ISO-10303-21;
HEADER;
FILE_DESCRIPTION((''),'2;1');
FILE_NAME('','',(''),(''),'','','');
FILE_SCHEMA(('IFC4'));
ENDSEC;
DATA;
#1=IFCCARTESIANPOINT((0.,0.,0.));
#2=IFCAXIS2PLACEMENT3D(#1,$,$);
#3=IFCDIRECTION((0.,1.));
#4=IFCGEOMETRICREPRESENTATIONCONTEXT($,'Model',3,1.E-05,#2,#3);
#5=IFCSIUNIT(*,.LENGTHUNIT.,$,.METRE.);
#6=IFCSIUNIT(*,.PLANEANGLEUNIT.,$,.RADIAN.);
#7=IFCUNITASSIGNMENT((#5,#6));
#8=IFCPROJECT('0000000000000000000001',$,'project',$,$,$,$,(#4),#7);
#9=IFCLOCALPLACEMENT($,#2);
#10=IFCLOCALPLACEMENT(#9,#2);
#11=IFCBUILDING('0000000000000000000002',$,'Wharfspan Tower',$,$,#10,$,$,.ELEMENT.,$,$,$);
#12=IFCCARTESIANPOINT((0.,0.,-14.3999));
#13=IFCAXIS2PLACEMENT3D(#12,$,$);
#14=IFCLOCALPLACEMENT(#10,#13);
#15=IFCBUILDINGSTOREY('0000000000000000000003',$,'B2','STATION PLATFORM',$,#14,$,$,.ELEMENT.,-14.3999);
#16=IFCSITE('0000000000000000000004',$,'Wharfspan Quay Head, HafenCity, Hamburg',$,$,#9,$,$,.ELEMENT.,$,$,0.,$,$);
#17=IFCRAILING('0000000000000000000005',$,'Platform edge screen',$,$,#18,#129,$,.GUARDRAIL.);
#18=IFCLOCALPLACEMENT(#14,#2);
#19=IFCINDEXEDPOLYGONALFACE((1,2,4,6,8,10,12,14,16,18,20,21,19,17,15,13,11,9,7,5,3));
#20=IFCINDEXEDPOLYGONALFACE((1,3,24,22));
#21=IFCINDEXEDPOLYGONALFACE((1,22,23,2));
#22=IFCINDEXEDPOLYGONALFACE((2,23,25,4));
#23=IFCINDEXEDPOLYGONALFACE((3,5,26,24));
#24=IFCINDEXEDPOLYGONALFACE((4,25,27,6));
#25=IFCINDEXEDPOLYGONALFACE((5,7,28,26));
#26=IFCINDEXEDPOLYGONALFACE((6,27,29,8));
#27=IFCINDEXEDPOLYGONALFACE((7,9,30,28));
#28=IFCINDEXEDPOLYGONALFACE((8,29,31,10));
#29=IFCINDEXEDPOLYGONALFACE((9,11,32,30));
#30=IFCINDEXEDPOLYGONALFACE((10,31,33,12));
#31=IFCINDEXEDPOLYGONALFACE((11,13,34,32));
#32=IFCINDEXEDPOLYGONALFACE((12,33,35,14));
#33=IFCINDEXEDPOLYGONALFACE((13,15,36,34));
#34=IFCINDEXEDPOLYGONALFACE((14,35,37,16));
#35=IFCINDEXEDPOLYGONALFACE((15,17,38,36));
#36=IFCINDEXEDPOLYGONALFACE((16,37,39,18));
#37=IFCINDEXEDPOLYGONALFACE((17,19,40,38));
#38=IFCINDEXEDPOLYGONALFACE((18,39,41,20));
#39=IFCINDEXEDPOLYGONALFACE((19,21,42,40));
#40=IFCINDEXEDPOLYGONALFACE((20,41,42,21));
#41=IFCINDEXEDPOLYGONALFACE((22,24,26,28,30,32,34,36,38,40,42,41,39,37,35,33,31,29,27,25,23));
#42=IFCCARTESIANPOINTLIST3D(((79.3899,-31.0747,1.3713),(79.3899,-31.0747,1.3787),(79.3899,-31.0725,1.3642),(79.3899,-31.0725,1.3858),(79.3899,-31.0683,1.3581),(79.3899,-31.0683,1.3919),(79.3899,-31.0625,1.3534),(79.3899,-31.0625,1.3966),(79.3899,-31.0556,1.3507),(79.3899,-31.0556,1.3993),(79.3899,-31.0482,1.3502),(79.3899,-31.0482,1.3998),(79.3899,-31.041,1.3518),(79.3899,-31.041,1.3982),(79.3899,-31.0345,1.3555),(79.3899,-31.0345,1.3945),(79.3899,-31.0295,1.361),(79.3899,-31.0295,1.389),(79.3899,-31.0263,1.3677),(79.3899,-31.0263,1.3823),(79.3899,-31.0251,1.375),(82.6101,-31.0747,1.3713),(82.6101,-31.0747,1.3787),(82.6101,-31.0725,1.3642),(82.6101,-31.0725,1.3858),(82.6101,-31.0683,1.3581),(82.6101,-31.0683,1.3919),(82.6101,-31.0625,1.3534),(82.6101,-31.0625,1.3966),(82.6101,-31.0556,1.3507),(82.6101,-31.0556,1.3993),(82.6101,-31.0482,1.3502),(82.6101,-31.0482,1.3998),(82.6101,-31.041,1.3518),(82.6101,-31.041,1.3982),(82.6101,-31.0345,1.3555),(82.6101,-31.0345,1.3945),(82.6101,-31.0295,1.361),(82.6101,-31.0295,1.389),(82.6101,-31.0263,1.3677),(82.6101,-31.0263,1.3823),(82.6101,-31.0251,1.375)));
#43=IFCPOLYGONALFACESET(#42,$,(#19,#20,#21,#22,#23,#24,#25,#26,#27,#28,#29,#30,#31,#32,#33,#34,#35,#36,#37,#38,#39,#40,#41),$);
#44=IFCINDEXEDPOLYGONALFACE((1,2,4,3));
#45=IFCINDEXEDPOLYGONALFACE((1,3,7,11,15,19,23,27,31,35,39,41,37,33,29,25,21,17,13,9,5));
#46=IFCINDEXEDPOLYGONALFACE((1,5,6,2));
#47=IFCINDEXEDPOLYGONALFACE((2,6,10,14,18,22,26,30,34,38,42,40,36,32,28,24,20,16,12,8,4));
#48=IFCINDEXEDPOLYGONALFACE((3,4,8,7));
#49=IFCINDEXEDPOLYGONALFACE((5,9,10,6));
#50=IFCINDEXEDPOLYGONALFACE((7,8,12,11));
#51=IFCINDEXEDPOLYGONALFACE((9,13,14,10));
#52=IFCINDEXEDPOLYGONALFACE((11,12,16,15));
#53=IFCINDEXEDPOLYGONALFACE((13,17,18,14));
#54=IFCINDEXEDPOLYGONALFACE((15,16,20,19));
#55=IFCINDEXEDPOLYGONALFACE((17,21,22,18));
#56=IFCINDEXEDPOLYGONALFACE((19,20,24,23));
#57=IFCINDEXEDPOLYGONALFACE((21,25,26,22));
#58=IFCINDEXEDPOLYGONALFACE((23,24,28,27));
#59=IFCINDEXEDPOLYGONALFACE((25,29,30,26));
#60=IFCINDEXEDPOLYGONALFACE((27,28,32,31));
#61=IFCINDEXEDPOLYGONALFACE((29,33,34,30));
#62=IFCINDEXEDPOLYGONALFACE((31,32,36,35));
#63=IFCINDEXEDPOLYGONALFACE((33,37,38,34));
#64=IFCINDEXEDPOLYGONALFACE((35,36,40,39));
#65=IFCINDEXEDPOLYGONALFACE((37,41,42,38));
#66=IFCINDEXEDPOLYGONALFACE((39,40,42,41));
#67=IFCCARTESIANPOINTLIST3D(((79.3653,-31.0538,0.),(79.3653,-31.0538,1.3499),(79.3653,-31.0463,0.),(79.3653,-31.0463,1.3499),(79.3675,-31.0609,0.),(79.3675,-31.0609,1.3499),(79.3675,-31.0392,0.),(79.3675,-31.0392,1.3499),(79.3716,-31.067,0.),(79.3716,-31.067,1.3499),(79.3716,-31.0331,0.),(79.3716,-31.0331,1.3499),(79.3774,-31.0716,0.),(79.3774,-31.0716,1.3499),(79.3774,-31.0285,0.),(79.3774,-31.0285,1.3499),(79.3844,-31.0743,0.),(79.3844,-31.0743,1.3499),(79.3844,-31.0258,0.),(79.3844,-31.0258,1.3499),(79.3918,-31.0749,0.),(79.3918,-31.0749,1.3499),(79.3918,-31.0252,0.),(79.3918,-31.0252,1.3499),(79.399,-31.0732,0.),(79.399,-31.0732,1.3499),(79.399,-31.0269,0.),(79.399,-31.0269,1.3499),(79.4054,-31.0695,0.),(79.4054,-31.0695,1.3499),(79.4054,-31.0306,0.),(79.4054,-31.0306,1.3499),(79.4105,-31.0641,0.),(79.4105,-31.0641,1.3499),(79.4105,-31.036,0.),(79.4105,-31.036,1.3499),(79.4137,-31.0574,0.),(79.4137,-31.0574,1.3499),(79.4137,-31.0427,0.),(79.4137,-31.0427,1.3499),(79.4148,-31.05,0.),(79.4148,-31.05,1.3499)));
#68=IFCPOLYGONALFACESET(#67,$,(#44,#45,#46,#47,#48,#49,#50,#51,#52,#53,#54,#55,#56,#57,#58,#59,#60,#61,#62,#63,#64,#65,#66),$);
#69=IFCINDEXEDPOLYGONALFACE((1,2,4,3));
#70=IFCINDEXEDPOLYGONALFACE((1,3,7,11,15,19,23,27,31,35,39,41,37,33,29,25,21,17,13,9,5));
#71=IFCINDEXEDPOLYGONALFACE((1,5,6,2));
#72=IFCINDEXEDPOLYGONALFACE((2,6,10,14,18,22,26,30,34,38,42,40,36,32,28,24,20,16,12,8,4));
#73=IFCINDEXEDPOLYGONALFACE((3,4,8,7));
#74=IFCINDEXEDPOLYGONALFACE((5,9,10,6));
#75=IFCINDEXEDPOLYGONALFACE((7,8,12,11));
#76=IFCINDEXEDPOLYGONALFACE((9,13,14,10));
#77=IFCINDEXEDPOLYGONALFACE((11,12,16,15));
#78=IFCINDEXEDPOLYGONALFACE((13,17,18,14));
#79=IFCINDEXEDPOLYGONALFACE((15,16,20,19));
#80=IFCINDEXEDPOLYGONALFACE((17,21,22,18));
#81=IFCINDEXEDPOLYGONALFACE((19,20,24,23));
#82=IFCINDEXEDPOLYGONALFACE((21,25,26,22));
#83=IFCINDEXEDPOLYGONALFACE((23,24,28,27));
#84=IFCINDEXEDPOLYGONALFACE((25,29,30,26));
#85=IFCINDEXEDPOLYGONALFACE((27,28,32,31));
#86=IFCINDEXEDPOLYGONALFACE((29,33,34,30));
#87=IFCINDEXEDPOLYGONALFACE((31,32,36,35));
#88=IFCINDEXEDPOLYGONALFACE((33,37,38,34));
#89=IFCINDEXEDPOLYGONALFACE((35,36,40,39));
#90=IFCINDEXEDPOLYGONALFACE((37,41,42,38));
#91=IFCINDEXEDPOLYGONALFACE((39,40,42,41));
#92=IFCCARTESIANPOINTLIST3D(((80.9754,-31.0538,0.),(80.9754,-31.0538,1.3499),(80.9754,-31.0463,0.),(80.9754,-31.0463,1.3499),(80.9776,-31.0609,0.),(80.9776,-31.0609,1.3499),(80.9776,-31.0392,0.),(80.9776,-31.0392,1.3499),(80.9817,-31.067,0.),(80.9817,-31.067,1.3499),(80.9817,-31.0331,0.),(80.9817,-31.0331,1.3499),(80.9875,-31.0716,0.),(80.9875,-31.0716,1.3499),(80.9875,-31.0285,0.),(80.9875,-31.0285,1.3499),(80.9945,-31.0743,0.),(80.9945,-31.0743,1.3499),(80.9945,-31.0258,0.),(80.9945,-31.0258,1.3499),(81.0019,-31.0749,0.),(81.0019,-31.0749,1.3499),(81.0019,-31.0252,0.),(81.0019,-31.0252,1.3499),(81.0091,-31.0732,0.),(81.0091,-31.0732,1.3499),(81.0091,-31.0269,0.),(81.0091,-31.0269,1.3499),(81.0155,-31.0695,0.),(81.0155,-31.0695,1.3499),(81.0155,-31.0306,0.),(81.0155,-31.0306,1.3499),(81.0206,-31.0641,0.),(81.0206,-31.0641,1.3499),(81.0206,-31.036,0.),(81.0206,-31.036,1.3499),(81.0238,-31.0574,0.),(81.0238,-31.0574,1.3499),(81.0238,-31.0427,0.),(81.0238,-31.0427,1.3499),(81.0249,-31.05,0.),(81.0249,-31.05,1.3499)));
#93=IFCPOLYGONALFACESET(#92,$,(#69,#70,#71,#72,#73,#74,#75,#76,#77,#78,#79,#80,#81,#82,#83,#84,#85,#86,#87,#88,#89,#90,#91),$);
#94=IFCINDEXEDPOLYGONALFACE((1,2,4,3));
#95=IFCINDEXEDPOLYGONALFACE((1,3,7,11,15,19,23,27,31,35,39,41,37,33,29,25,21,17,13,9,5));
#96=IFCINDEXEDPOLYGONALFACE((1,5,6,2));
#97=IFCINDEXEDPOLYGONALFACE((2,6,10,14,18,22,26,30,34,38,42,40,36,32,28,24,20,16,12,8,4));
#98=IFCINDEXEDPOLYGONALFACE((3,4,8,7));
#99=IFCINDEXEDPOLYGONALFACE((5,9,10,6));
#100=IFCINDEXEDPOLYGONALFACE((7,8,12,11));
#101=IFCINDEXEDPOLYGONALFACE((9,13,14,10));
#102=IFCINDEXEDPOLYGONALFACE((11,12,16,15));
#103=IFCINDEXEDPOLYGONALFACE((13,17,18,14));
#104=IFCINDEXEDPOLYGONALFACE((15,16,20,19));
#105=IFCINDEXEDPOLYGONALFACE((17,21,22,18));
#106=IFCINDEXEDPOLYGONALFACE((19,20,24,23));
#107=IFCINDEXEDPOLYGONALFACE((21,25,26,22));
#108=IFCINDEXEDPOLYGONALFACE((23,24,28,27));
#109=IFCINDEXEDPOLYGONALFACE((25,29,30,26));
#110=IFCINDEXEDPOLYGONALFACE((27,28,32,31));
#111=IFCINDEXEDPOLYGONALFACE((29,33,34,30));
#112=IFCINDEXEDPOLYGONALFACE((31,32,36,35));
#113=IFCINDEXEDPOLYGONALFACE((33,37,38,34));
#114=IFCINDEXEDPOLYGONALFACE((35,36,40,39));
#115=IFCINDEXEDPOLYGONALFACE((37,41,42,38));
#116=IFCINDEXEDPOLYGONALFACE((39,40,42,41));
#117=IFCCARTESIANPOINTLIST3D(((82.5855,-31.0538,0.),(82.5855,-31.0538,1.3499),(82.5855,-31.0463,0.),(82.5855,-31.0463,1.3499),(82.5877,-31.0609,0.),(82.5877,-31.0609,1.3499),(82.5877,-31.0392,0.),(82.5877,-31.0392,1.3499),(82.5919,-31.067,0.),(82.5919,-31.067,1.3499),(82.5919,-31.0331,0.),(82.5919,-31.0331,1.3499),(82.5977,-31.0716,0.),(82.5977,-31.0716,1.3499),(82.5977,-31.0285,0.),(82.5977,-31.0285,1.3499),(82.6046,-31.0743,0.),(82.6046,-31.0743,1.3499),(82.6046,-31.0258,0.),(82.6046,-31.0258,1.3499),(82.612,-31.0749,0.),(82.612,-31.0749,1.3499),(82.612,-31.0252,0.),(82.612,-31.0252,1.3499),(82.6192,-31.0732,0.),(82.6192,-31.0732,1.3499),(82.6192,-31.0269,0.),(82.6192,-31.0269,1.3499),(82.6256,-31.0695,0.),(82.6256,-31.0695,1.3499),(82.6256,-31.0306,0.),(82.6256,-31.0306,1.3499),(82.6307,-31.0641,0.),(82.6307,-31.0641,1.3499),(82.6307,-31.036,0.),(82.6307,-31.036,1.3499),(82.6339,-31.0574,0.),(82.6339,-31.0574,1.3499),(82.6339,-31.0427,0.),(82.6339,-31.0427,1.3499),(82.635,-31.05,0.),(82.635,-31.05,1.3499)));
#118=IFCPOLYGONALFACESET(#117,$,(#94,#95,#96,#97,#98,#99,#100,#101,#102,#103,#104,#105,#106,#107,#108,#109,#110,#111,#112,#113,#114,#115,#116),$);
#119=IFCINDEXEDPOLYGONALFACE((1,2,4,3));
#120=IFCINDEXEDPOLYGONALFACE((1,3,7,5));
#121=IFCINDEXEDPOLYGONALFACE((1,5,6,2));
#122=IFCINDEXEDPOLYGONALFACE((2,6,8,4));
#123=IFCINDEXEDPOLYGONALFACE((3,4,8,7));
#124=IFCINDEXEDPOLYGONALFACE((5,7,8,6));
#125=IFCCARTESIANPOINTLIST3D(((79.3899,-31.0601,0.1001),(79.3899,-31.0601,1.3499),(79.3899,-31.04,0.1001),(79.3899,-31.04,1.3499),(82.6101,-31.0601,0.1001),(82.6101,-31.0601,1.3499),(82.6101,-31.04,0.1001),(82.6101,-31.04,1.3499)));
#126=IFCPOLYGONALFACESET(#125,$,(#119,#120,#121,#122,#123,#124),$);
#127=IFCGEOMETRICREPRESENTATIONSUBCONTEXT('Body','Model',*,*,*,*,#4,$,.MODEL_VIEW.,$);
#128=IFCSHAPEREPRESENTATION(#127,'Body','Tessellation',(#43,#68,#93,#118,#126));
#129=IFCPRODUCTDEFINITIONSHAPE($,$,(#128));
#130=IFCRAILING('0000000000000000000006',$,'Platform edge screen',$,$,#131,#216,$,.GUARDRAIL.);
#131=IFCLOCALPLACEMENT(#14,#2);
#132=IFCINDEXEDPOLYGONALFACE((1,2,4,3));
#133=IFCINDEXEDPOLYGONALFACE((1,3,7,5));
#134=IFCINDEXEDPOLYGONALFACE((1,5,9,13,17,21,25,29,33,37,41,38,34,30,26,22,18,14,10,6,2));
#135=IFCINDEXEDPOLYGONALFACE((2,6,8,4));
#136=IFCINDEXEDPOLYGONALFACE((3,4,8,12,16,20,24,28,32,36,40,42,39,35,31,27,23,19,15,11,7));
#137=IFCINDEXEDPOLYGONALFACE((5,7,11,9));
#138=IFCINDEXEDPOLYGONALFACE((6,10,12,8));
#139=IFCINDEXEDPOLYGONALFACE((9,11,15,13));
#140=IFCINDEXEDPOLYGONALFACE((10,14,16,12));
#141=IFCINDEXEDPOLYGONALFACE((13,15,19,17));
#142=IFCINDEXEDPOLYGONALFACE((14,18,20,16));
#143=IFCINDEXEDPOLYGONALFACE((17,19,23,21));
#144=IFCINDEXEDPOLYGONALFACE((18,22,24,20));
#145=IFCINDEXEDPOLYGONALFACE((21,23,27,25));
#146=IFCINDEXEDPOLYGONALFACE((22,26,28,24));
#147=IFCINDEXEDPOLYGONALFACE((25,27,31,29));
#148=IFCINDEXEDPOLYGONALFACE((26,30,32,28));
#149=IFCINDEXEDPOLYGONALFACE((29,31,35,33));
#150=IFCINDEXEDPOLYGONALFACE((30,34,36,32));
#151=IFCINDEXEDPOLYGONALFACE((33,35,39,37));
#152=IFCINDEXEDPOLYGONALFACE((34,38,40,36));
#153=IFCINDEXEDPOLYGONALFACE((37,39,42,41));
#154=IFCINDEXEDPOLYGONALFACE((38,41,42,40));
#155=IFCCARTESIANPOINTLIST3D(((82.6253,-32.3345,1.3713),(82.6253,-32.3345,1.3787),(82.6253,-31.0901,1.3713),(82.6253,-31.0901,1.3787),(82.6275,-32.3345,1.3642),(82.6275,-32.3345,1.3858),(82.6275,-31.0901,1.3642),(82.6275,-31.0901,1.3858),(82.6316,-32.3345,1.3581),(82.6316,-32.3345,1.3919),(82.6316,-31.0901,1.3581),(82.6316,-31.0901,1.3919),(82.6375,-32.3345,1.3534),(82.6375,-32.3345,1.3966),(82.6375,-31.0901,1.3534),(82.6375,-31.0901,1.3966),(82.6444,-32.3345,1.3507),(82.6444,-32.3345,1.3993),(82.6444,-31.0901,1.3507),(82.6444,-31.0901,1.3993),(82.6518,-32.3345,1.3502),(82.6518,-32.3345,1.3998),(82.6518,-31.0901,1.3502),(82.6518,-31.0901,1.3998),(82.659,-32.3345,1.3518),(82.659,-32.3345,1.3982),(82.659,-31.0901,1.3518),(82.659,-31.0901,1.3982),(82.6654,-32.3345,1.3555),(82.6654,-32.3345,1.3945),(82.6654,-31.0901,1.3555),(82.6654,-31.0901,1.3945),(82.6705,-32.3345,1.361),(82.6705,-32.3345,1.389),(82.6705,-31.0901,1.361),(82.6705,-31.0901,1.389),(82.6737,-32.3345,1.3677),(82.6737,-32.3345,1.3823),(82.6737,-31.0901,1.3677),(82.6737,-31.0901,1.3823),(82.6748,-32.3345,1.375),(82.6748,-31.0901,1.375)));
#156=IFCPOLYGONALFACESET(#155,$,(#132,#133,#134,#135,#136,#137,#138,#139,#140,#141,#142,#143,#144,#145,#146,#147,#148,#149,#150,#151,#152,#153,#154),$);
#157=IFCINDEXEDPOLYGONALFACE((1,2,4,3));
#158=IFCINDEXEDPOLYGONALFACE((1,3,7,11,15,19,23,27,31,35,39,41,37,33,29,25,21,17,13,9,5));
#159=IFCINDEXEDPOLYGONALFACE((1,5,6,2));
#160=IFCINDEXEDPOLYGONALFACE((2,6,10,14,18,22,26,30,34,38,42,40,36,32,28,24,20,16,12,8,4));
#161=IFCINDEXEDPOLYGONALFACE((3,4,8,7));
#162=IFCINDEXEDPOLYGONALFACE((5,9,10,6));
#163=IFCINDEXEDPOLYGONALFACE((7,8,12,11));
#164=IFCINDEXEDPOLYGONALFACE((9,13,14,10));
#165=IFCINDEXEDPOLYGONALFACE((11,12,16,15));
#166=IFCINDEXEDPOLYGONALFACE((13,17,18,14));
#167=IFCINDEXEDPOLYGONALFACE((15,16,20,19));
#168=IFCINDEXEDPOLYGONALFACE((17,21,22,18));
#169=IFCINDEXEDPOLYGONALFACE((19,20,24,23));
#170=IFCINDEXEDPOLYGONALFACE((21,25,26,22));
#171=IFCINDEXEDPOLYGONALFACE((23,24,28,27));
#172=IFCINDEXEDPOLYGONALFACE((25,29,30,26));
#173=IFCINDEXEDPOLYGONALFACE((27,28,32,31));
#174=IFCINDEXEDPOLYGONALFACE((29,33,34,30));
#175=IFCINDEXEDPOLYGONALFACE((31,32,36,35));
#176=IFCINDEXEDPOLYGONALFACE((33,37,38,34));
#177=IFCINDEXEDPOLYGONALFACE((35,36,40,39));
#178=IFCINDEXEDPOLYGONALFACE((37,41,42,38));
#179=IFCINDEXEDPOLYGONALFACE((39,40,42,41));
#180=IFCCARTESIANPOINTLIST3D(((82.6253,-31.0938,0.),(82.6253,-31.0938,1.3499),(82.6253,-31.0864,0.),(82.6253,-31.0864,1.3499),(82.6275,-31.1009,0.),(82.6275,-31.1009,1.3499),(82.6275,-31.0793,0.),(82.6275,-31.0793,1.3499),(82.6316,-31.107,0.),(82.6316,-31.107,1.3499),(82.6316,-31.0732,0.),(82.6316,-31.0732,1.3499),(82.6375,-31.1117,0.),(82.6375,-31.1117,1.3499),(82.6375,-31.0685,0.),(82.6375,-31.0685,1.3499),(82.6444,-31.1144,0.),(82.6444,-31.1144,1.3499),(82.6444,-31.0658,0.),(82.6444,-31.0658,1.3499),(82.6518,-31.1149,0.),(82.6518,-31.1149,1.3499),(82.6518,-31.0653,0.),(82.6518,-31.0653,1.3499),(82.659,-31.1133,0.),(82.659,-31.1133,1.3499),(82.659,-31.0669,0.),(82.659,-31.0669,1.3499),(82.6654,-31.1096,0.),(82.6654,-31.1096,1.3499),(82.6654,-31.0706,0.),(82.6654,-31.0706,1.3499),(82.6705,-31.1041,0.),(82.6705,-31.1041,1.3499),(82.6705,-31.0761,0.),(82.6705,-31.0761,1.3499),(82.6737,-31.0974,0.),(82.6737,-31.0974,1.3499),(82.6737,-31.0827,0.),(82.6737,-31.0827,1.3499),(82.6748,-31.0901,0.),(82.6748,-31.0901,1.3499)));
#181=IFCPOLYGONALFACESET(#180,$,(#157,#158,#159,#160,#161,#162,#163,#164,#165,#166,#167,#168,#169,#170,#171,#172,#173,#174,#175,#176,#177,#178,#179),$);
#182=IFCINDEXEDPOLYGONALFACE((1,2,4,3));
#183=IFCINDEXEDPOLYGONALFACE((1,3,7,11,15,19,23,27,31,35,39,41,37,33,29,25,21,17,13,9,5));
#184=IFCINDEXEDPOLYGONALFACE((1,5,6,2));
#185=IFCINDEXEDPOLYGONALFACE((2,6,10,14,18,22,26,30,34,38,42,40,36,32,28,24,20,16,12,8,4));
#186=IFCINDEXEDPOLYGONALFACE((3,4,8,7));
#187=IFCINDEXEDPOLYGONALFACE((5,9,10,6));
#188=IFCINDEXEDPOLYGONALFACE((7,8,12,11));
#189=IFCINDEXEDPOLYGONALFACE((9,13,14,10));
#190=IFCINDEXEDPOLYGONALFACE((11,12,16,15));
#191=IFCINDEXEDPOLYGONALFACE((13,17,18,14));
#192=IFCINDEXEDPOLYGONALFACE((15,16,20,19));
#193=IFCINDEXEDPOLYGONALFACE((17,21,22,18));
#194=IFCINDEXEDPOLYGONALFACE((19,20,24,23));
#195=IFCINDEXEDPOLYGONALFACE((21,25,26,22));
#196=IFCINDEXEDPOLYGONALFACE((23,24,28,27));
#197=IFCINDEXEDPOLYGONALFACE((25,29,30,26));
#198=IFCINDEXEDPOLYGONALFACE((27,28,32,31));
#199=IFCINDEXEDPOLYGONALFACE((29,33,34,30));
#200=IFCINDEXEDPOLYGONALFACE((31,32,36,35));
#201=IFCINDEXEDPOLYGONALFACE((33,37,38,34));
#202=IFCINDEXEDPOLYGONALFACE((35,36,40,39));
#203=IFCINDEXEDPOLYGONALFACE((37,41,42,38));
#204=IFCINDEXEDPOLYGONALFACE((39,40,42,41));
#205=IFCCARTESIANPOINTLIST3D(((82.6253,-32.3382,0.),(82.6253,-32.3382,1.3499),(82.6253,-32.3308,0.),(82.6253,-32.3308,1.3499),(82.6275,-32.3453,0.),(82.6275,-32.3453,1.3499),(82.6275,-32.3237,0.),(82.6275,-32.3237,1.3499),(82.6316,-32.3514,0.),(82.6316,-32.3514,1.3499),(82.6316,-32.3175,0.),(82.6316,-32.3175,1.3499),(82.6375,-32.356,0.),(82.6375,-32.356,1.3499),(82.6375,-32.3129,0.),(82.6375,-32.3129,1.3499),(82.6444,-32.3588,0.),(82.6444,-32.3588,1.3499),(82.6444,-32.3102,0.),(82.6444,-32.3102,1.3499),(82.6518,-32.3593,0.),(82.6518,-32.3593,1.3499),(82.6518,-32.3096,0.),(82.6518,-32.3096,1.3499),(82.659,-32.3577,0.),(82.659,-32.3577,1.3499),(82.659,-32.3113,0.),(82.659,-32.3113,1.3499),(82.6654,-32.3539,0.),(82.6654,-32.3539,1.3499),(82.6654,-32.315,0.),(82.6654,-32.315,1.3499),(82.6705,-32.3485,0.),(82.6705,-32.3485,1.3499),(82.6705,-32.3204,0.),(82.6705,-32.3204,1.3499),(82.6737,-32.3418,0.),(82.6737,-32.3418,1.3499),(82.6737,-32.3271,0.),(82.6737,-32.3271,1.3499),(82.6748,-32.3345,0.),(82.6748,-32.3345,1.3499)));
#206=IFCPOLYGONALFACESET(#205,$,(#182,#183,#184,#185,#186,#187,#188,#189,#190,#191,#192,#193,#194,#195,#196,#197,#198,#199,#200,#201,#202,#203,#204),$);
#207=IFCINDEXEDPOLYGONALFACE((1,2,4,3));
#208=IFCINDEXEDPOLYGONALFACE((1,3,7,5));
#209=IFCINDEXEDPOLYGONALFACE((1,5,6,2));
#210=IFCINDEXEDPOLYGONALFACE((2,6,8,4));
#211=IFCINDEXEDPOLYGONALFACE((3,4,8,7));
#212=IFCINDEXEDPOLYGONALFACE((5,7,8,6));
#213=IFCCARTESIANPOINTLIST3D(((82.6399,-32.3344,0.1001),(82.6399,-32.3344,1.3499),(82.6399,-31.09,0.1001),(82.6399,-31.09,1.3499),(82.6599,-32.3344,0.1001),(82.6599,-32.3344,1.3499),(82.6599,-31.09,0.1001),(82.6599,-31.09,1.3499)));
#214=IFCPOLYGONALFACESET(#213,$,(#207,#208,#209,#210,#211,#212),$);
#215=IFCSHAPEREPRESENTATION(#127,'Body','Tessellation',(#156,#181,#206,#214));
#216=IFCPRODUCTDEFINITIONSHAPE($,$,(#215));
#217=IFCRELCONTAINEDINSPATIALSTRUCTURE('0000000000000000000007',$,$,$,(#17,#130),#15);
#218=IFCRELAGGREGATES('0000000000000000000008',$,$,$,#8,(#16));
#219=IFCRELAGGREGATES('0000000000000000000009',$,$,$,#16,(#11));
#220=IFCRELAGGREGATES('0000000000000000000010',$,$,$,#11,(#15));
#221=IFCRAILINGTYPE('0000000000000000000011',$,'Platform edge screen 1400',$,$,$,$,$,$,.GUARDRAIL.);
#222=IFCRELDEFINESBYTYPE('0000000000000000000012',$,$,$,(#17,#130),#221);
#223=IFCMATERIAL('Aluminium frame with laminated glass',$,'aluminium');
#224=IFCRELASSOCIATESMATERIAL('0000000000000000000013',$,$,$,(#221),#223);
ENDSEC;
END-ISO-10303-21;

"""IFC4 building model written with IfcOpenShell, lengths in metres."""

from ifc_helpers import new_model, si_unit, direction, frame, origin, origin_2d, place, context, subcontext, project, spatial, rectangle, circle, extrude, material, type_object, element, save


model = new_model("IFC4")

# Units and contexts
model_context = context("Model", 3, precision=1e-05, world=origin(), true_north=direction((0.0, 1.0)))
body_context = subcontext(model_context, "Body", "Model", "MODEL_VIEW")
ifc_project = project(units=[si_unit("LENGTHUNIT", "METRE"), si_unit("PLANEANGLEUNIT", "RADIAN")], contexts=[model_context])

# Site, building, storey
site_placement = place(None, origin())
site = spatial("IfcSite", under=ifc_project, at=site_placement, Name="Wharfspan Quay Head, HafenCity, Hamburg", CompositionType="ELEMENT", RefElevation=0.0)
building_placement = place(site_placement, origin())
building = spatial("IfcBuilding", under=site, at=building_placement, Name="Wharfspan Tower", CompositionType="ELEMENT")
storey_placement = place(building_placement, frame((0.0, 0.0, -14.3999)))
storey = spatial("IfcBuildingStorey", under=building, at=storey_placement, Name="B2", Description="STATION PLATFORM", CompositionType="ELEMENT", Elevation=-14.3999)

# Railings
ifc_material_1 = material(Name="Aluminium frame with laminated glass", Category="aluminium")
railing_type_1 = type_object("IfcRailingType", Name="Platform edge screen 1400", PredefinedType="GUARDRAIL", material=ifc_material_1)
railing_1_placement = place(storey_placement, frame((79.3899, -31.05, 0.0)))
element("IfcRailing", 1, at=railing_1_placement, inside=storey, type_object=railing_type_1, Name="Platform edge screen", PredefinedType="GUARDRAIL", context=body_context, shape_type="SweptSolid", body=[
    extrude(circle(Radius=0.0249, at=origin_2d()), frame((0.0, 0.0, 1.375), z_axis=(1.0, 0.0, 0.0), x_axis=(0.0, 1.0, 0.0)), (0.0, 0.0, 1.0), 3.2202),
    extrude(circle(Radius=0.0249, at=origin_2d()), origin(), (0.0, 0.0, 1.0), 1.3499),
    extrude(circle(Radius=0.0249, at=origin_2d()), frame((1.6101, 0.0, 0.0)), (0.0, 0.0, 1.0), 1.3499),
    extrude(circle(Radius=0.0249, at=origin_2d()), frame((3.2202, 0.0, 0.0)), (0.0, 0.0, 1.0), 1.3499),
    extrude(rectangle(XDim=3.2202, YDim=0.02, at=origin_2d()), frame((1.6101, 0.0, 0.1001), z_axis=(0.0, 0.0, 1.0), x_axis=(1.0, 0.0, 0.0)), (0.0, 0.0, 1.0), 1.2498),
])
for number, where, name in (
    (2, (82.6499, -31.0901, 0.0), "Platform edge screen"),
):
    element("IfcRailing", number, at=place(storey_placement, frame(where)), inside=storey, type_object=railing_type_1, Name=name, PredefinedType="GUARDRAIL", context=body_context, shape_type="SweptSolid", body=[
        extrude(circle(Radius=0.0249, at=origin_2d()), frame((0.0, 0.0, 1.375), z_axis=(0.0, -1.0, 0.0), x_axis=(1.0, 0.0, 0.0)), (0.0, 0.0, 1.0), 1.2444),
        extrude(circle(Radius=0.0249, at=origin_2d()), origin(), (0.0, 0.0, 1.0), 1.3499),
        extrude(circle(Radius=0.0249, at=origin_2d()), frame((0.0, -1.2444, 0.0)), (0.0, 0.0, 1.0), 1.3499),
        extrude(rectangle(XDim=1.2444, YDim=0.02, at=origin_2d()), frame((0.0, -0.6221, 0.1001), z_axis=(0.0, 0.0, 1.0), x_axis=(0.0, -1.0, 0.0)), (0.0, 0.0, 1.0), 1.2498),
    ])

save(model, "model.ifc")
